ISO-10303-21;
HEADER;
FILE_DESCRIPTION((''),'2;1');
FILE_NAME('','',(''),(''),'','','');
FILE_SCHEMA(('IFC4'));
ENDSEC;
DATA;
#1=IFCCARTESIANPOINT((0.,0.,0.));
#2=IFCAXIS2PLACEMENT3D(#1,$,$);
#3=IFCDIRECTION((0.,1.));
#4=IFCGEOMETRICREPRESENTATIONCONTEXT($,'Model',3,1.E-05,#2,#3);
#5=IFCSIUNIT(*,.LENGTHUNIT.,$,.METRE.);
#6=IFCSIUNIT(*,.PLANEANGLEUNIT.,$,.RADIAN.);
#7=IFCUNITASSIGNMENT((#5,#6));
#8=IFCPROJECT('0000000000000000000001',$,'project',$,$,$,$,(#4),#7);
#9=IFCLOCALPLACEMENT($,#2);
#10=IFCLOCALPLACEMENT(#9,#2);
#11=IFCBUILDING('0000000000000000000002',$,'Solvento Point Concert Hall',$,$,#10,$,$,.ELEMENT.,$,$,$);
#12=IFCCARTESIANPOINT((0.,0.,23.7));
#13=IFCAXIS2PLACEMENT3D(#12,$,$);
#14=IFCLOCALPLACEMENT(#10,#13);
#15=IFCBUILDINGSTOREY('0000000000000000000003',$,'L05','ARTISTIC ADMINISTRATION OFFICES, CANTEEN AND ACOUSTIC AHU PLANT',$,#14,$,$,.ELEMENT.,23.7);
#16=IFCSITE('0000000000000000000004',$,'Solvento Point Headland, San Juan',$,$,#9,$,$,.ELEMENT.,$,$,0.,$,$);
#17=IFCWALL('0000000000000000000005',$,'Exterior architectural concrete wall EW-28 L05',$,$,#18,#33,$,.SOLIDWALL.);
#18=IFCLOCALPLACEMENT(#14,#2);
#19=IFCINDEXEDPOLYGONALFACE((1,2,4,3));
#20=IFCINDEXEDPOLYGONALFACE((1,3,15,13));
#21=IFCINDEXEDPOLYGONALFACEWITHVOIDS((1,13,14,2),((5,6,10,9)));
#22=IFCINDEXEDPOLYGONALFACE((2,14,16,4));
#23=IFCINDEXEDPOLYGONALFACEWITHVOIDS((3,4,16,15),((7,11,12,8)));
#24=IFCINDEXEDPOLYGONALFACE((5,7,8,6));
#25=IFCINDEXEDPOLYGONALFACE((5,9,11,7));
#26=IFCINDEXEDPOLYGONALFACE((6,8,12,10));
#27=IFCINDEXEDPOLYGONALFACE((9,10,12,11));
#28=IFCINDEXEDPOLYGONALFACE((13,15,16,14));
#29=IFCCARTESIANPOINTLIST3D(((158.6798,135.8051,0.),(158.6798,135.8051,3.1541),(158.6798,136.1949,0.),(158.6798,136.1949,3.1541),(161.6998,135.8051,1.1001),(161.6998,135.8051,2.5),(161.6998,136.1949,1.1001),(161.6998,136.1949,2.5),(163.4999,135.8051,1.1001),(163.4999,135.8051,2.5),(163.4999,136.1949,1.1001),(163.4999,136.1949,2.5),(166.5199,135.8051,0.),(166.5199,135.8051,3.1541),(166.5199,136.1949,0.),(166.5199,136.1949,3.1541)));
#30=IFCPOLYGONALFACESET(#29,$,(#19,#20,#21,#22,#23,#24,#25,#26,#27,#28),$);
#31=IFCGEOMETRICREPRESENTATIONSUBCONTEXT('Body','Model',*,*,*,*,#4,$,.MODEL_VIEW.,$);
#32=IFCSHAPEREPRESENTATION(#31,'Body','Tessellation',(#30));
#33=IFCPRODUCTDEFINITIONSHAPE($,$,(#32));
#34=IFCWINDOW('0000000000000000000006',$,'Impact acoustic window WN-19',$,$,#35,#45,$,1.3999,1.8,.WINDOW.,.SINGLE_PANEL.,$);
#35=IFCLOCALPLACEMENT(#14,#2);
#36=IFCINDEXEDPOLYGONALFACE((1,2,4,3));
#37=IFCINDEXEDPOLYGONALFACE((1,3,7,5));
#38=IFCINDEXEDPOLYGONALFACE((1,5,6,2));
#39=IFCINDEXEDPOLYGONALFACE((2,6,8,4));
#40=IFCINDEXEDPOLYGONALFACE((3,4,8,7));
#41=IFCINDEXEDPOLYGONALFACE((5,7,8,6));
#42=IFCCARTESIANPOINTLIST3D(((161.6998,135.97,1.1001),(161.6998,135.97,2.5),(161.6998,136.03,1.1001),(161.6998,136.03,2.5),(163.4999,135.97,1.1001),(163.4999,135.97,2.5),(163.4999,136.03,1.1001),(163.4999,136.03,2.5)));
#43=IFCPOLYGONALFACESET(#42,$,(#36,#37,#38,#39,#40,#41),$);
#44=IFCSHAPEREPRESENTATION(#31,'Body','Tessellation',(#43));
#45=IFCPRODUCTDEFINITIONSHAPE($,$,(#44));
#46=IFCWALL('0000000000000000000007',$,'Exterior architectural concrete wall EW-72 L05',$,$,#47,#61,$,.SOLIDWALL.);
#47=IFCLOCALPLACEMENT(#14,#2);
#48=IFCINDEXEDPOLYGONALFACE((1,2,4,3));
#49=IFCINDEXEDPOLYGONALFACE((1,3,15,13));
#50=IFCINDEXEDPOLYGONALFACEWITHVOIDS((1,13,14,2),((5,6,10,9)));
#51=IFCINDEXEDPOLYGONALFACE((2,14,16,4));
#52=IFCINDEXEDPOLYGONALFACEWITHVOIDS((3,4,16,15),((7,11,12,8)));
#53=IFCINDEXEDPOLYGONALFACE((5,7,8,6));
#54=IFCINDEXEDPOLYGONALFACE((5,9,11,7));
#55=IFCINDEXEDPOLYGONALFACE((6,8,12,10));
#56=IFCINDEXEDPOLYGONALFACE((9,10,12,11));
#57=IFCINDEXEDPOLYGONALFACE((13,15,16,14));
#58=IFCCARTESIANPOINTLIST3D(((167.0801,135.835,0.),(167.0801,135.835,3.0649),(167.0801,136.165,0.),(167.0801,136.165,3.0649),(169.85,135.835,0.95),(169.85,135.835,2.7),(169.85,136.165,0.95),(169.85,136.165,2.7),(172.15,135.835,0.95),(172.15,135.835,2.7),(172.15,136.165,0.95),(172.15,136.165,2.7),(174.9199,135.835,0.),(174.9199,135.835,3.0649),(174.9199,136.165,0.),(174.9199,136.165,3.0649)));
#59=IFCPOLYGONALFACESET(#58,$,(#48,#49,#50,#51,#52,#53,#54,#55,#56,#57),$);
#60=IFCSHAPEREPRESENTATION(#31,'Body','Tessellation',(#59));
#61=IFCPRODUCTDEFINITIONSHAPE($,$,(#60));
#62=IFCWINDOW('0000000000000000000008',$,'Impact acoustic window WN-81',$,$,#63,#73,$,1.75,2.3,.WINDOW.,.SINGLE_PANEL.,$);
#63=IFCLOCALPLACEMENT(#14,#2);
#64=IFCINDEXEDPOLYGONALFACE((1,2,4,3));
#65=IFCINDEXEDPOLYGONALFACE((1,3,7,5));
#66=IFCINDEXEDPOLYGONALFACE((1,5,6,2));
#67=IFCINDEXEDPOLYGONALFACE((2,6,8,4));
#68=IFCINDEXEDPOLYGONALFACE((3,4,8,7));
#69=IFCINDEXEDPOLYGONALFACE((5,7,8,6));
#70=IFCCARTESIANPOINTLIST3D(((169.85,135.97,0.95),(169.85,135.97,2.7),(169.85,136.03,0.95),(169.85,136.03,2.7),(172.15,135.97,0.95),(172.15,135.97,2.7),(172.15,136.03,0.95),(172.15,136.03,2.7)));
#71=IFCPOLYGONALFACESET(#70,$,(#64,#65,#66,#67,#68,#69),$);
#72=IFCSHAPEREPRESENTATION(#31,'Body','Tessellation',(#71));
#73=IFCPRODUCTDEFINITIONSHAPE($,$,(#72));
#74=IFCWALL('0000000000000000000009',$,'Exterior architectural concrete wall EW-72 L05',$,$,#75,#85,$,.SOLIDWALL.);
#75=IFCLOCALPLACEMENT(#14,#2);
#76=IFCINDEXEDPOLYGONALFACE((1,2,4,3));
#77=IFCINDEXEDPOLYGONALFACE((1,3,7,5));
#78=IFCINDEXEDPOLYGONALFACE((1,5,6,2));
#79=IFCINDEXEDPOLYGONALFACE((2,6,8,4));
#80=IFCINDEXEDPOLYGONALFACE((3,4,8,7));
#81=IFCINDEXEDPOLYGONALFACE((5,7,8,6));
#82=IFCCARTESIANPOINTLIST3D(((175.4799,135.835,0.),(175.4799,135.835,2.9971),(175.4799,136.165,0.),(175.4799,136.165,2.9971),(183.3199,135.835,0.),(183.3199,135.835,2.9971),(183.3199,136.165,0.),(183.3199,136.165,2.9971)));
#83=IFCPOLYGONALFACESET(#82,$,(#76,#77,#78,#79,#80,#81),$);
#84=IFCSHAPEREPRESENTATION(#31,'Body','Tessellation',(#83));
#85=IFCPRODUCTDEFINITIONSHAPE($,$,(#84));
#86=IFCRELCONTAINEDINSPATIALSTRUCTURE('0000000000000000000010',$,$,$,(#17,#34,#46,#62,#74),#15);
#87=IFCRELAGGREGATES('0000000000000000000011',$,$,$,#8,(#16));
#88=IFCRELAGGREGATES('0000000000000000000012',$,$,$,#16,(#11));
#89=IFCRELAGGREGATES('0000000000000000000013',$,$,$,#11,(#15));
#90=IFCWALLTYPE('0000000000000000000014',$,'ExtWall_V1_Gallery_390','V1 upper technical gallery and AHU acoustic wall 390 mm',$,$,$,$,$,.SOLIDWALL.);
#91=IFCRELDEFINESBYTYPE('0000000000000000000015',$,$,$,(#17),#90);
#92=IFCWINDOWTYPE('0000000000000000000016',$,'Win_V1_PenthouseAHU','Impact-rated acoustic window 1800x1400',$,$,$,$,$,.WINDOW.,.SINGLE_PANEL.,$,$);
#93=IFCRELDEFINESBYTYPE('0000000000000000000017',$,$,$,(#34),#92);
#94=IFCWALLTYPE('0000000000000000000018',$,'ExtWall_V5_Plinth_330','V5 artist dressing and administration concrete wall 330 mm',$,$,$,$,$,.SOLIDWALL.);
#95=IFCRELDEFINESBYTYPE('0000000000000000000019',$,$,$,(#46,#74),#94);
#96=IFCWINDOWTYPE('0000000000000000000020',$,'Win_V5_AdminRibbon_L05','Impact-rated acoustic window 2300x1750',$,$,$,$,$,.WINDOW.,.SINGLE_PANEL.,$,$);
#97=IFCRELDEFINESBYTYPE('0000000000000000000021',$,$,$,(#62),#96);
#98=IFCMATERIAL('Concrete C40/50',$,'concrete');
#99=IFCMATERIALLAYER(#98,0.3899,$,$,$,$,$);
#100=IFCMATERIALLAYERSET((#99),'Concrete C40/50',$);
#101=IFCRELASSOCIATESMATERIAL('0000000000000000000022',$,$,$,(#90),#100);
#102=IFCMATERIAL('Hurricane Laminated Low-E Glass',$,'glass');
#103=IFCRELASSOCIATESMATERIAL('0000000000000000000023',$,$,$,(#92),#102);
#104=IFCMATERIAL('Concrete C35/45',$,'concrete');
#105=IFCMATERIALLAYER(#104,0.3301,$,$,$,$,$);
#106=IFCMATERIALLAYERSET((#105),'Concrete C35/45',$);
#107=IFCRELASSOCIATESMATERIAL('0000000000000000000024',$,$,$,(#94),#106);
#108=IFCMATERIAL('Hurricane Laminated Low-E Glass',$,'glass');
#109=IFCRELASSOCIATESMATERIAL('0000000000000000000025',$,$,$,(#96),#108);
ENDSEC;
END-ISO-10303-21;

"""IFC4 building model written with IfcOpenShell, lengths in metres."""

from ifc_helpers import new_model, si_unit, direction, frame, frame_2d, origin, place, context, subcontext, project, spatial, rectangle, extrude, material, layer, layer_set, type_object, element, fill, save


model = new_model("IFC4")

# Units and contexts
model_context = context("Model", 3, precision=1e-05, world=origin(), true_north=direction((0.0, 1.0)))
body_context = subcontext(model_context, "Body", "Model", "MODEL_VIEW")
ifc_project = project(units=[si_unit("LENGTHUNIT", "METRE"), si_unit("PLANEANGLEUNIT", "RADIAN")], contexts=[model_context])

# Site, building, storey
site_placement = place(None, origin())
site = spatial("IfcSite", under=ifc_project, at=site_placement, Name="Solvento Point Headland, San Juan", CompositionType="ELEMENT", RefElevation=0.0)
building_placement = place(site_placement, origin())
building = spatial("IfcBuilding", under=site, at=building_placement, Name="Solvento Point Concert Hall", CompositionType="ELEMENT")
storey_placement = place(building_placement, frame((0.0, 0.0, 23.7)))
storey = spatial("IfcBuildingStorey", under=building, at=storey_placement, Name="L05", Description="ARTISTIC ADMINISTRATION OFFICES, CANTEEN AND ACOUSTIC AHU PLANT", CompositionType="ELEMENT", Elevation=23.7)

# Walls, openings, windows
ifc_material_1 = material(Name="Concrete C40/50", Category="concrete")
ifc_layer_1 = layer(ifc_material_1, 0.3899)
ifc_layer_set_1 = layer_set([ifc_layer_1], Name="Concrete C40/50")
wall_type_1 = type_object("IfcWallType", Name="ExtWall_V1_Gallery_390", Description="V1 upper technical gallery and AHU acoustic wall 390 mm", PredefinedType="SOLIDWALL", material=ifc_layer_set_1)
wall_1_placement = place(storey_placement, frame((158.6799, 136.0, 0.0), z_axis=(0.0, 0.0, 1.0), x_axis=(1.0, 0.0, 0.0)))
wall_1 = element("IfcWall", 1, at=wall_1_placement, inside=storey, type_object=wall_type_1, Name="Exterior architectural concrete wall EW-28 L05", PredefinedType="SOLIDWALL", context=body_context, shape_type="SweptSolid", body=[
    extrude(rectangle(XDim=7.8401, YDim=0.3899, at=frame_2d((3.9199, 0.0))), origin(), (0.0, 0.0, 1.0), 3.1541),
])
opening_1_placement = place(wall_1_placement, frame((3.02, 0.0, 1.1001)))
opening_1 = element("IfcOpeningElement", 2, at=opening_1_placement, cuts=wall_1, PredefinedType="OPENING", context=body_context, shape_type="SweptSolid", body=[
    extrude(rectangle(XDim=1.8, YDim=1.3999, at=frame_2d((0.8999, 0.7))), frame((0.0, 0.2048, 0.0), z_axis=(0.0, -1.0, 0.0), x_axis=(1.0, 0.0, 0.0)), (0.0, 0.0, 1.0), 0.4099),
])
ifc_material_2 = material(Name="Hurricane Laminated Low-E Glass", Category="glass")
window_type_1 = type_object("IfcWindowType", Name="Win_V1_PenthouseAHU", Description="Impact-rated acoustic window 1800x1400", PartitioningType="SINGLE_PANEL", PredefinedType="WINDOW", material=ifc_material_2)
window_1_placement = place(opening_1_placement, origin())
window_1 = element("IfcWindow", 3, at=window_1_placement, inside=storey, type_object=window_type_1, Name="Impact acoustic window WN-19", OverallHeight=1.3999, OverallWidth=1.8, PartitioningType="SINGLE_PANEL", PredefinedType="WINDOW", context=body_context, shape_type="SweptSolid", body=[
    extrude(rectangle(XDim=1.8, YDim=1.3999, at=frame_2d((0.8999, 0.7))), frame((0.0, 0.03, 0.0), z_axis=(0.0, -1.0, 0.0), x_axis=(1.0, 0.0, 0.0)), (0.0, 0.0, 1.0), 0.0601),
])
fill(opening_1, window_1)
ifc_material_3 = material(Name="Concrete C35/45", Category="concrete")
ifc_layer_2 = layer(ifc_material_3, 0.3301)
ifc_layer_set_2 = layer_set([ifc_layer_2], Name="Concrete C35/45")
wall_type_2 = type_object("IfcWallType", Name="ExtWall_V5_Plinth_330", Description="V5 artist dressing and administration concrete wall 330 mm", PredefinedType="SOLIDWALL", material=ifc_layer_set_2)
wall_2_placement = place(storey_placement, frame((167.0801, 136.0, 0.0), z_axis=(0.0, 0.0, 1.0), x_axis=(1.0, 0.0, 0.0)))
wall_2 = element("IfcWall", 4, at=wall_2_placement, inside=storey, type_object=wall_type_2, Name="Exterior architectural concrete wall EW-72 L05", PredefinedType="SOLIDWALL", context=body_context, shape_type="SweptSolid", body=[
    extrude(rectangle(XDim=7.8398, YDim=0.3301, at=frame_2d((3.9199, 0.0))), origin(), (0.0, 0.0, 1.0), 3.0649),
])
opening_2_placement = place(wall_2_placement, frame((2.77, 0.0, 0.95)))
opening_2 = element("IfcOpeningElement", 5, at=opening_2_placement, cuts=wall_2, PredefinedType="OPENING", context=body_context, shape_type="SweptSolid", body=[
    extrude(rectangle(XDim=2.3, YDim=1.75, at=frame_2d((1.1499, 0.875))), frame((0.0, 0.175, 0.0), z_axis=(0.0, -1.0, 0.0), x_axis=(1.0, 0.0, 0.0)), (0.0, 0.0, 1.0), 0.3501),
])
ifc_material_4 = material(Name="Hurricane Laminated Low-E Glass", Category="glass")
window_type_2 = type_object("IfcWindowType", Name="Win_V5_AdminRibbon_L05", Description="Impact-rated acoustic window 2300x1750", PartitioningType="SINGLE_PANEL", PredefinedType="WINDOW", material=ifc_material_4)
window_2_placement = place(opening_2_placement, origin())
window_2 = element("IfcWindow", 6, at=window_2_placement, inside=storey, type_object=window_type_2, Name="Impact acoustic window WN-81", OverallHeight=1.75, OverallWidth=2.3, PartitioningType="SINGLE_PANEL", PredefinedType="WINDOW", context=body_context, shape_type="SweptSolid", body=[
    extrude(rectangle(XDim=2.3, YDim=1.75, at=frame_2d((1.1499, 0.875))), frame((0.0, 0.03, 0.0), z_axis=(0.0, -1.0, 0.0), x_axis=(1.0, 0.0, 0.0)), (0.0, 0.0, 1.0), 0.0601),
])
fill(opening_2, window_2)

# Wall
wall_3_placement = place(storey_placement, frame((175.48, 136.0, 0.0), z_axis=(0.0, 0.0, 1.0), x_axis=(1.0, 0.0, 0.0)))
element("IfcWall", 7, at=wall_3_placement, inside=storey, type_object=wall_type_2, Name="Exterior architectural concrete wall EW-72 L05", PredefinedType="SOLIDWALL", context=body_context, shape_type="SweptSolid", body=[
    extrude(rectangle(XDim=7.8401, YDim=0.3301, at=frame_2d((3.9199, 0.0))), origin(), (0.0, 0.0, 1.0), 2.9971),
])

save(model, "model.ifc")
